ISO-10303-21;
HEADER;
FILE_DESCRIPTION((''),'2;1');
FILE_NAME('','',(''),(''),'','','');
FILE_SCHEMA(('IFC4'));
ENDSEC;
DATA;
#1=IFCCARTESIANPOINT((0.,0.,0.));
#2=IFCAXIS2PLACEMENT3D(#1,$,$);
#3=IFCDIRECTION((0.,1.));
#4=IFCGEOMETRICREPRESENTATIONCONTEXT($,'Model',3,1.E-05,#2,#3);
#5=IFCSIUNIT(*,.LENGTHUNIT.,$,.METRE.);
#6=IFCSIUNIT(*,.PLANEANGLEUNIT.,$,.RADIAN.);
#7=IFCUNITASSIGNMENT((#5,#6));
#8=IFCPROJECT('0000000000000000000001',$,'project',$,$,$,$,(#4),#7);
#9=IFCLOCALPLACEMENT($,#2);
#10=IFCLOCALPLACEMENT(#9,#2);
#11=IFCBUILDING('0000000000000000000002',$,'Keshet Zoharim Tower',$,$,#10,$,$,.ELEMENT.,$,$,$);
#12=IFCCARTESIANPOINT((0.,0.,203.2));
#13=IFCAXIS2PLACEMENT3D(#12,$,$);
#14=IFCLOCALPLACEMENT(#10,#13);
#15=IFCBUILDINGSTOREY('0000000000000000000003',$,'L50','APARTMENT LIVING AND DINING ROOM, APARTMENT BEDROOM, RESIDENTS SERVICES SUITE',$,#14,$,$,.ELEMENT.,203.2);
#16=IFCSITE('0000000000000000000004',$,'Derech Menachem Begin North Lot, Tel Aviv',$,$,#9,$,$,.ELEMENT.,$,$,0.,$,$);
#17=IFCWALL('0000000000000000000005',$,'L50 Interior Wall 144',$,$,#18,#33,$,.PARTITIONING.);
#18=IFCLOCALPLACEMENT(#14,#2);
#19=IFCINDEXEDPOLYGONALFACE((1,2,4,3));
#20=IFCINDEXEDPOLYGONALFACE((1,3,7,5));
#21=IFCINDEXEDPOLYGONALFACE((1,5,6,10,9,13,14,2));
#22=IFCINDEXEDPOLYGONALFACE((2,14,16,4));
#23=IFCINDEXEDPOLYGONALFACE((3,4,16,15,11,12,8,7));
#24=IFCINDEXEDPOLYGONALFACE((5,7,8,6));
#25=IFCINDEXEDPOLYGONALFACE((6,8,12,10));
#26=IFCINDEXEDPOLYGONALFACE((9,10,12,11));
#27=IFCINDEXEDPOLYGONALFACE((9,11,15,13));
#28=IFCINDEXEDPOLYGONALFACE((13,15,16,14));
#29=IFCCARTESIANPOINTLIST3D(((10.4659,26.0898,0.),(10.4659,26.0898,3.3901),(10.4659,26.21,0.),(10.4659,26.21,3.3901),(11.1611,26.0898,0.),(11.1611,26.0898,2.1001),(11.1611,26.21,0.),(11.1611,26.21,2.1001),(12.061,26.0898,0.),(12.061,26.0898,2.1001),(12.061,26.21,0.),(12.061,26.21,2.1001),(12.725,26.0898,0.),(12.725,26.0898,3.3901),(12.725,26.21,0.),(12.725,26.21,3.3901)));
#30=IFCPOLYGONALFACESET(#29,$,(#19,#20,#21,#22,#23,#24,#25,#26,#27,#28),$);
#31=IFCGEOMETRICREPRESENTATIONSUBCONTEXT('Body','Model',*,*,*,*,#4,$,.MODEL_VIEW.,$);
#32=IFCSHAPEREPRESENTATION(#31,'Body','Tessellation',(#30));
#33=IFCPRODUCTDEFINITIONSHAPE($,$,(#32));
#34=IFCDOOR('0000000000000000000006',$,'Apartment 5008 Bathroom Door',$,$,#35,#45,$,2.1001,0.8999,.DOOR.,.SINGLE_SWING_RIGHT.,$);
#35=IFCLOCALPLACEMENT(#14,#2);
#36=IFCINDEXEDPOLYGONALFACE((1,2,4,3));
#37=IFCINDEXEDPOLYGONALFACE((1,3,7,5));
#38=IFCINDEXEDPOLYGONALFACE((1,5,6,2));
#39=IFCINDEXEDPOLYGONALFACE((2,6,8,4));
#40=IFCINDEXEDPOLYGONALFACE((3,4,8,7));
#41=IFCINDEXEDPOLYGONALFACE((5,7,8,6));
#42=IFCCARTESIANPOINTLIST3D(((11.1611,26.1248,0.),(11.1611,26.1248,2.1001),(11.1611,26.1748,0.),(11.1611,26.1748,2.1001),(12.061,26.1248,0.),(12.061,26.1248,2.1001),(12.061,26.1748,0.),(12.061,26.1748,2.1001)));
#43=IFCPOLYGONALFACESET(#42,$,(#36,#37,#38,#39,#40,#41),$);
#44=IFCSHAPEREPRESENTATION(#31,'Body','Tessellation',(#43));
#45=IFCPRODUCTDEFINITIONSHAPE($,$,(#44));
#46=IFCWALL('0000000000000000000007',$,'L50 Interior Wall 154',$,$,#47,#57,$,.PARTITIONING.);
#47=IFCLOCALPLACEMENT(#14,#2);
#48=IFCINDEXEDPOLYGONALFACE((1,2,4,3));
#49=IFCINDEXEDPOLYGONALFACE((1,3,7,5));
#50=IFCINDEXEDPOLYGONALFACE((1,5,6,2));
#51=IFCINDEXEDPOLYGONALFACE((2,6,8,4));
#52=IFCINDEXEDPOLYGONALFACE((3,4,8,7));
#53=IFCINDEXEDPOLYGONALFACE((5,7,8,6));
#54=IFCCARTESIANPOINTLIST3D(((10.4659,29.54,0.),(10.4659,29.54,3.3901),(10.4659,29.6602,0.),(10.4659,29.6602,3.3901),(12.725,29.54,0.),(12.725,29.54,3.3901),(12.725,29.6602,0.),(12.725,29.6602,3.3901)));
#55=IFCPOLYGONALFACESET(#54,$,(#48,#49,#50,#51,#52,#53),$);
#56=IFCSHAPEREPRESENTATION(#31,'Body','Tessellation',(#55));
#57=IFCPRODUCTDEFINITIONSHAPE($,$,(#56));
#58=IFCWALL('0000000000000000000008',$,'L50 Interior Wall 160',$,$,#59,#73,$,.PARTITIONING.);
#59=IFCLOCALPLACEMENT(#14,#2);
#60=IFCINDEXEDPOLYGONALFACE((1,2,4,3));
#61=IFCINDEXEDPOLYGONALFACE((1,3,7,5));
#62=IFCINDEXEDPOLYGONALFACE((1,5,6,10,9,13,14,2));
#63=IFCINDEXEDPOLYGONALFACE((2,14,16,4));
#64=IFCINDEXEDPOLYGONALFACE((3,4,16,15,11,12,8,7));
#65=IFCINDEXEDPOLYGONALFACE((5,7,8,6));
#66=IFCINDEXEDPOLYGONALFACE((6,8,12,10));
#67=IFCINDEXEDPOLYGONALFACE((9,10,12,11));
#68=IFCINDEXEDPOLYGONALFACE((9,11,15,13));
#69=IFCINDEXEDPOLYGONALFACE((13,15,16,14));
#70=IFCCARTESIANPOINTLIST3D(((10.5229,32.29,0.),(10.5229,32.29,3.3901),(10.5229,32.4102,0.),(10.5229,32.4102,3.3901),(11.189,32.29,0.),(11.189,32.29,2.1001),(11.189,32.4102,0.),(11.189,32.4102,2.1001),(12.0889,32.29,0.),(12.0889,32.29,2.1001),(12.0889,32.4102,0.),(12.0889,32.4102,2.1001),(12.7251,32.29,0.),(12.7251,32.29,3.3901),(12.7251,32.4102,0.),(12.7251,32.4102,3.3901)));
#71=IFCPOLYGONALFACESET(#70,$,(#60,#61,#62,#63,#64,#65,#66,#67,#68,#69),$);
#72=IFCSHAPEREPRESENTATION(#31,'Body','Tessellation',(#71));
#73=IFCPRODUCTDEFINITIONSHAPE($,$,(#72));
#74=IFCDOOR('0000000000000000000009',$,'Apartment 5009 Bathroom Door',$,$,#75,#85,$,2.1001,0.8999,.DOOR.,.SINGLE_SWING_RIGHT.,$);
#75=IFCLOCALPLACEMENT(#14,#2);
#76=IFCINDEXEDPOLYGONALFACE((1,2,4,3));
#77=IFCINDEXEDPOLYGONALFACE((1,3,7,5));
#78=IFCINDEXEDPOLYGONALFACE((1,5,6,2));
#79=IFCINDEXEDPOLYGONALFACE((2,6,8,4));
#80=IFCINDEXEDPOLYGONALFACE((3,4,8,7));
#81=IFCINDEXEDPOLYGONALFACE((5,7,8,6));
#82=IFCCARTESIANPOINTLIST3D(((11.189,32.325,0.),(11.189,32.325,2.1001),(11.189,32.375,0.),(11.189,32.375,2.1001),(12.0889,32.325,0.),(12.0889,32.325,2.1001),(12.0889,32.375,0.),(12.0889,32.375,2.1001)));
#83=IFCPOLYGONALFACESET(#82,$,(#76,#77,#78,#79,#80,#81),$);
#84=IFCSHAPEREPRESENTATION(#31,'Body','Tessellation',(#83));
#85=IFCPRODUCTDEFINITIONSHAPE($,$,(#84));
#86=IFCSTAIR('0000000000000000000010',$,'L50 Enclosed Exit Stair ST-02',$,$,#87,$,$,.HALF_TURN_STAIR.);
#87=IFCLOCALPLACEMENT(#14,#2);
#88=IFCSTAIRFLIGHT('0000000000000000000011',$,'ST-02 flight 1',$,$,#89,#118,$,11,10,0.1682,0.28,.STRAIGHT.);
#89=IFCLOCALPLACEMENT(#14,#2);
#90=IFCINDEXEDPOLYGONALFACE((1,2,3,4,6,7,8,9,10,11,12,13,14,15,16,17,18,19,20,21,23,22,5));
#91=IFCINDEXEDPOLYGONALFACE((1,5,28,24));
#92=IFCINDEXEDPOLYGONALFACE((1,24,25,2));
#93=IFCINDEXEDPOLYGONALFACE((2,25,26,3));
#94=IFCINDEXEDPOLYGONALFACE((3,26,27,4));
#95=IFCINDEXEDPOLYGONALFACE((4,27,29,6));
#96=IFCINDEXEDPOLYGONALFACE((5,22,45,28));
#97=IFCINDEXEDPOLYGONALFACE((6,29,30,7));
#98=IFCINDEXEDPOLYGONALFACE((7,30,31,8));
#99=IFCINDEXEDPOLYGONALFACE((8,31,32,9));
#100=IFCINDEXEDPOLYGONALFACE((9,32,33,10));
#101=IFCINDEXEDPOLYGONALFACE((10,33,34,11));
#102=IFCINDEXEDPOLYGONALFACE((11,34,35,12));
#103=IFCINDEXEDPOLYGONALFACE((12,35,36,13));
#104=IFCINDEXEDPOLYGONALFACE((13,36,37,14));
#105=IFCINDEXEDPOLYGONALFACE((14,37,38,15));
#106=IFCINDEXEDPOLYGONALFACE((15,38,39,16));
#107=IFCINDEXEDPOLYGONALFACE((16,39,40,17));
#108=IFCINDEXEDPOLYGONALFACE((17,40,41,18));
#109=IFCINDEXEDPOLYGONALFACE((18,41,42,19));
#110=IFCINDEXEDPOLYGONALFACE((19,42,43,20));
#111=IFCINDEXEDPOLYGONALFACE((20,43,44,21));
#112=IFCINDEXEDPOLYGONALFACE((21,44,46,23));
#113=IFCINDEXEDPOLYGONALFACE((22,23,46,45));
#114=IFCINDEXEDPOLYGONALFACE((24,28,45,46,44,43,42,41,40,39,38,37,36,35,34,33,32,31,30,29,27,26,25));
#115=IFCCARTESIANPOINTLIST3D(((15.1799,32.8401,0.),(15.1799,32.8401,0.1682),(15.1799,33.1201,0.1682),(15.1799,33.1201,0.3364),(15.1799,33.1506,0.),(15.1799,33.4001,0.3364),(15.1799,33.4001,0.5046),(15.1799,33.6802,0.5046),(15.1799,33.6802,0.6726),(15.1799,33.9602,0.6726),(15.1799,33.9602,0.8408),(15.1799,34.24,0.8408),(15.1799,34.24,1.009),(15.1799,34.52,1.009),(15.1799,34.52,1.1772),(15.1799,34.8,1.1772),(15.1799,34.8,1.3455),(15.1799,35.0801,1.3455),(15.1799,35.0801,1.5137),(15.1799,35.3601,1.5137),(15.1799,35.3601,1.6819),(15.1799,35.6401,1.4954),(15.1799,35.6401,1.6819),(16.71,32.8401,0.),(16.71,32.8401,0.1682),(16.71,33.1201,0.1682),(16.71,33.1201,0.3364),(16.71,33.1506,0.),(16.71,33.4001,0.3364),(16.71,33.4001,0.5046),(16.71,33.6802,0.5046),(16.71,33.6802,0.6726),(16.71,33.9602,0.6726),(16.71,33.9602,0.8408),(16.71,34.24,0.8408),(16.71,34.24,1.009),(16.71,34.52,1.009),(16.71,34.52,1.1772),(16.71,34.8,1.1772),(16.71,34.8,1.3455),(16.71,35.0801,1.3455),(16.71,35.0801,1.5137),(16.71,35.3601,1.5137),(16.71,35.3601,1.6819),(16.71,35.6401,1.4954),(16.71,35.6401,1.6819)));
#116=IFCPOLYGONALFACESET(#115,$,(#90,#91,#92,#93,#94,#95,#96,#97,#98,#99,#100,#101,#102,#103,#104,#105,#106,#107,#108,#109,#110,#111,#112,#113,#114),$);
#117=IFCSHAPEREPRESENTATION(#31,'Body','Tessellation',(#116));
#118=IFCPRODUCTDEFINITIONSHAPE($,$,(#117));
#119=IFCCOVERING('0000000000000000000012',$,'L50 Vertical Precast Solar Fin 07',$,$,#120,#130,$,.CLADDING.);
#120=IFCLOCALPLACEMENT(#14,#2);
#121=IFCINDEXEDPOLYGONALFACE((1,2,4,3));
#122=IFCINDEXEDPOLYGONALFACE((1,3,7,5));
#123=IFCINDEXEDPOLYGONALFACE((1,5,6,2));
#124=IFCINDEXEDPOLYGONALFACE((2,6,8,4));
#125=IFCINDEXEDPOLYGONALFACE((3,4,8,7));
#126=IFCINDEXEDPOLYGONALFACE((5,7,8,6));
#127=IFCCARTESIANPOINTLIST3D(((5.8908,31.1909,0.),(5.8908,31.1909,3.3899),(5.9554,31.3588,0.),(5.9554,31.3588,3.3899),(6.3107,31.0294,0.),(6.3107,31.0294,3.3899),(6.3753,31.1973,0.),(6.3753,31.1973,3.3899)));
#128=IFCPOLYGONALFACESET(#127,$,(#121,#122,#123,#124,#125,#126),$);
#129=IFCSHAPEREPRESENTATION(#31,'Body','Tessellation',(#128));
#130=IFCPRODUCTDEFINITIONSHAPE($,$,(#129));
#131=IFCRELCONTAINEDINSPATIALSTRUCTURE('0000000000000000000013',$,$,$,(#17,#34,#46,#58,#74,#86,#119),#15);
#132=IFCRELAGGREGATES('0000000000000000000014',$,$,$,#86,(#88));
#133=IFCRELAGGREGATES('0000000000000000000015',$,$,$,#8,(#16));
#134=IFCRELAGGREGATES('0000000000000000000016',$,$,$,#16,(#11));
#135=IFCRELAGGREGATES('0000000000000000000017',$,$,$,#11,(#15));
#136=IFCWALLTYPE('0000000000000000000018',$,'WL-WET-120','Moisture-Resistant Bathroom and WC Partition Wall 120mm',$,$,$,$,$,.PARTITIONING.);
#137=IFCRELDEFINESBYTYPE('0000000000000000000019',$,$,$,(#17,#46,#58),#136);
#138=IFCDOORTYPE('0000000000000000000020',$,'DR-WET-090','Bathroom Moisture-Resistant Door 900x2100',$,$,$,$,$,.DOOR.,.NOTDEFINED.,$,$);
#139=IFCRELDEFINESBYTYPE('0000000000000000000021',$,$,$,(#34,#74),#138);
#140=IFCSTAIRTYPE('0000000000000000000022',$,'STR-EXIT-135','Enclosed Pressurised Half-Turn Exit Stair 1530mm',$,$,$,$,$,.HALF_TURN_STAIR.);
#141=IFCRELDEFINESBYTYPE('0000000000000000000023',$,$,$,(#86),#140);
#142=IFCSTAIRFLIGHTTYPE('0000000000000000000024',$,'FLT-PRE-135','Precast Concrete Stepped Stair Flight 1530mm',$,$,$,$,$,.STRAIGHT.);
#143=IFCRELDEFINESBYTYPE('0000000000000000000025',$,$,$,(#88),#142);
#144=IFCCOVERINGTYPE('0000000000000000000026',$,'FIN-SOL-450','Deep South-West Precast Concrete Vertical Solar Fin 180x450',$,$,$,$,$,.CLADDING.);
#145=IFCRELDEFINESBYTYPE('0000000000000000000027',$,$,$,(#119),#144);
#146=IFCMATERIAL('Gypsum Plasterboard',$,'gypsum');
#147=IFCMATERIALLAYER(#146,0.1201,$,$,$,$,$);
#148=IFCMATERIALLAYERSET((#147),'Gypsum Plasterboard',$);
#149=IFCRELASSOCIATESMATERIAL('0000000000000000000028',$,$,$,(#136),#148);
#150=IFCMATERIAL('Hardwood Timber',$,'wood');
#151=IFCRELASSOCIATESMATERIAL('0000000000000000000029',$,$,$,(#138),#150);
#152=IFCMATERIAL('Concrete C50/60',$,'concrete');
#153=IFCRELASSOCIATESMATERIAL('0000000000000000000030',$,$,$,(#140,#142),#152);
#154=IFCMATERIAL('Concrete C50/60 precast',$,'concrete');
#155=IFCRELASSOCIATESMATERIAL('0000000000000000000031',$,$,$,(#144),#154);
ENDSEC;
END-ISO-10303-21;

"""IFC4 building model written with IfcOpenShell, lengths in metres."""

from ifc_helpers import new_model, si_unit, direction, frame, frame_2d, origin, origin_2d, place, context, subcontext, project, spatial, polyline, rectangle, outline, extrude, material, layer, layer_set, type_object, element, fill, aggregate, save


model = new_model("IFC4")

# Units and contexts
model_context = context("Model", 3, precision=1e-05, world=origin(), true_north=direction((0.0, 1.0)))
body_context = subcontext(model_context, "Body", "Model", "MODEL_VIEW")
ifc_project = project(units=[si_unit("LENGTHUNIT", "METRE"), si_unit("PLANEANGLEUNIT", "RADIAN")], contexts=[model_context])

# Site, building, storey
site_placement = place(None, origin())
site = spatial("IfcSite", under=ifc_project, at=site_placement, Name="Derech Menachem Begin North Lot, Tel Aviv", CompositionType="ELEMENT", RefElevation=0.0)
building_placement = place(site_placement, origin())
building = spatial("IfcBuilding", under=site, at=building_placement, Name="Keshet Zoharim Tower", CompositionType="ELEMENT")
storey_placement = place(building_placement, frame((0.0, 0.0, 203.2)))
storey = spatial("IfcBuildingStorey", under=building, at=storey_placement, Name="L50", Description="APARTMENT LIVING AND DINING ROOM, APARTMENT BEDROOM, RESIDENTS SERVICES SUITE", CompositionType="ELEMENT", Elevation=203.2)

# Shared definitions
ifc_material_1 = material(Name="Hardwood Timber", Category="wood")

# Shared definitions
ifc_material_2 = material(Name="Gypsum Plasterboard", Category="gypsum")

# Shared definitions
ifc_layer_1 = layer(ifc_material_2, 0.1201)
ifc_layer_set_1 = layer_set([ifc_layer_1], Name="Gypsum Plasterboard")
wall_type_1 = type_object("IfcWallType", Name="WL-WET-120", Description="Moisture-Resistant Bathroom and WC Partition Wall 120mm", PredefinedType="PARTITIONING", material=ifc_layer_set_1)

# Wall, opening, door
wall_1_placement = place(storey_placement, frame((10.4661, 26.1499, 0.0), z_axis=(0.0, 0.0, 1.0), x_axis=(1.0, 0.0, 0.0)))
wall_1 = element("IfcWall", 1, at=wall_1_placement, inside=storey, type_object=wall_type_1, Name="L50 Interior Wall 144", PredefinedType="PARTITIONING", context=body_context, shape_type="SweptSolid", body=[
    extrude(rectangle(XDim=2.259, YDim=0.1201, at=frame_2d((1.1294, 0.0))), origin(), (0.0, 0.0, 1.0), 3.3901),
])
opening_1_placement = place(wall_1_placement, frame((0.6951, 0.0, 0.0)))
opening_1 = element("IfcOpeningElement", 2, at=opening_1_placement, cuts=wall_1, PredefinedType="OPENING", context=body_context, shape_type="SweptSolid", body=[
    extrude(rectangle(XDim=0.8999, YDim=2.1001, at=frame_2d((0.45, 1.05))), frame((0.0, 0.0701, 0.0), z_axis=(0.0, -1.0, 0.0), x_axis=(1.0, 0.0, 0.0)), (0.0, 0.0, 1.0), 0.1401),
])
door_type_1 = type_object("IfcDoorType", Name="DR-WET-090", Description="Bathroom Moisture-Resistant Door 900x2100", OperationType="NOTDEFINED", PredefinedType="DOOR", material=ifc_material_1)
door_1_placement = place(opening_1_placement, origin())
door_1 = element("IfcDoor", 3, at=door_1_placement, inside=storey, type_object=door_type_1, Name="Apartment 5008 Bathroom Door", OperationType="SINGLE_SWING_RIGHT", OverallHeight=2.1001, OverallWidth=0.8999, PredefinedType="DOOR", context=body_context, shape_type="SweptSolid", body=[
    extrude(rectangle(XDim=0.8999, YDim=2.1001, at=frame_2d((0.45, 1.05))), frame((0.0, 0.0249, 0.0), z_axis=(0.0, -1.0, 0.0), x_axis=(1.0, 0.0, 0.0)), (0.0, 0.0, 1.0), 0.05),
])
fill(opening_1, door_1)

# Wall
wall_2_placement = place(storey_placement, frame((10.4661, 29.6001, 0.0), z_axis=(0.0, 0.0, 1.0), x_axis=(1.0, 0.0, 0.0)))
element("IfcWall", 4, at=wall_2_placement, inside=storey, type_object=wall_type_1, Name="L50 Interior Wall 154", PredefinedType="PARTITIONING", context=body_context, shape_type="SweptSolid", body=[
    extrude(rectangle(XDim=2.259, YDim=0.1201, at=frame_2d((1.1294, 0.0))), origin(), (0.0, 0.0, 1.0), 3.3901),
])

# Wall, opening, door
wall_3_placement = place(storey_placement, frame((10.5229, 32.3501, 0.0), z_axis=(0.0, 0.0, 1.0), x_axis=(1.0, 0.0, 0.0)))
wall_3 = element("IfcWall", 5, at=wall_3_placement, inside=storey, type_object=wall_type_1, Name="L50 Interior Wall 160", PredefinedType="PARTITIONING", context=body_context, shape_type="SweptSolid", body=[
    extrude(rectangle(XDim=2.2021, YDim=0.1201, at=frame_2d((1.1011, 0.0))), origin(), (0.0, 0.0, 1.0), 3.3901),
])
opening_2_placement = place(wall_3_placement, frame((0.666, 0.0, 0.0)))
opening_2 = element("IfcOpeningElement", 6, at=opening_2_placement, cuts=wall_3, PredefinedType="OPENING", context=body_context, shape_type="SweptSolid", body=[
    extrude(rectangle(XDim=0.8999, YDim=2.1001, at=frame_2d((0.45, 1.05))), frame((0.0, 0.0701, 0.0), z_axis=(0.0, -1.0, 0.0), x_axis=(1.0, 0.0, 0.0)), (0.0, 0.0, 1.0), 0.1401),
])
door_2_placement = place(opening_2_placement, origin())
door_2 = element("IfcDoor", 7, at=door_2_placement, inside=storey, type_object=door_type_1, Name="Apartment 5009 Bathroom Door", OperationType="SINGLE_SWING_RIGHT", OverallHeight=2.1001, OverallWidth=0.8999, PredefinedType="DOOR", context=body_context, shape_type="SweptSolid", body=[
    extrude(rectangle(XDim=0.8999, YDim=2.1001, at=frame_2d((0.45, 1.05))), frame((0.0, 0.0249, 0.0), z_axis=(0.0, -1.0, 0.0), x_axis=(1.0, 0.0, 0.0)), (0.0, 0.0, 1.0), 0.05),
])
fill(opening_2, door_2)

# Stair, stair flight
ifc_material_3 = material(Name="Concrete C50/60", Category="concrete")
stair_type = type_object("IfcStairType", Name="STR-EXIT-135", Description="Enclosed Pressurised Half-Turn Exit Stair 1530mm", PredefinedType="HALF_TURN_STAIR", material=ifc_material_3)
stair_placement = place(storey_placement, origin())
stair = element("IfcStair", 8, at=stair_placement, inside=storey, type_object=stair_type, Name="L50 Enclosed Exit Stair ST-02", PredefinedType="HALF_TURN_STAIR")
stair_flight_type = type_object("IfcStairFlightType", Name="FLT-PRE-135", Description="Precast Concrete Stepped Stair Flight 1530mm", PredefinedType="STRAIGHT", material=ifc_material_3)
stair_flight_placement = place(storey_placement, frame((15.9451, 32.8401, 0.0), z_axis=(0.0, 0.0, 1.0), x_axis=(0.0, 1.0, 0.0)))
stair_flight = element("IfcStairFlight", 9, at=stair_flight_placement, type_object=stair_flight_type, Name="ST-02 flight 1", NumberOfRisers=11, NumberOfTreads=10, PredefinedType="STRAIGHT", RiserHeight=0.1682, TreadLength=0.28, context=body_context, shape_type="SweptSolid", body=[
    extrude(outline(polyline([(0.0, 0.0), (0.0, 0.1682), (0.28, 0.1682), (0.28, 0.3364), (0.5601, 0.3364), (0.5601, 0.5046), (0.8401, 0.5046), (0.8401, 0.6726), (1.1201, 0.6726), (1.1201, 0.8408), (1.3999, 0.8408), (1.3999, 1.009), (1.6799, 1.009), (1.6799, 1.1772), (1.96, 1.1772), (1.96, 1.3455), (2.24, 1.3455), (2.24, 1.5137), (2.52, 1.5137), (2.52, 1.6819), (2.8, 1.6819), (2.8, 1.8501), (2.8, 1.4954), (0.3105, 0.0), (0.0, 0.0)])), frame((0.0, 0.7651, 0.0), z_axis=(0.0, -1.0, 0.0), x_axis=(1.0, 0.0, 0.0)), (0.0, 0.0, 1.0), 1.53),
])
aggregate(stair, [stair_flight])

# Covering
ifc_material_4 = material(Name="Concrete C50/60 precast", Category="concrete")
covering_type = type_object("IfcCoveringType", Name="FIN-SOL-450", Description="Deep South-West Precast Concrete Vertical Solar Fin 180x450", PredefinedType="CLADDING", material=ifc_material_4)
covering_placement = place(storey_placement, frame((6.1331, 31.1941, 0.0), z_axis=(0.0, 0.0, 1.0), x_axis=(0.35899, 0.933341, 0.0)))
element("IfcCovering", 10, at=covering_placement, inside=storey, type_object=covering_type, Name="L50 Vertical Precast Solar Fin 07", PredefinedType="CLADDING", context=body_context, shape_type="SweptSolid", body=[
    extrude(rectangle(XDim=0.1799, YDim=0.45, at=origin_2d()), origin(), (0.0, 0.0, 1.0), 3.3899),
])

save(model, "model.ifc")
